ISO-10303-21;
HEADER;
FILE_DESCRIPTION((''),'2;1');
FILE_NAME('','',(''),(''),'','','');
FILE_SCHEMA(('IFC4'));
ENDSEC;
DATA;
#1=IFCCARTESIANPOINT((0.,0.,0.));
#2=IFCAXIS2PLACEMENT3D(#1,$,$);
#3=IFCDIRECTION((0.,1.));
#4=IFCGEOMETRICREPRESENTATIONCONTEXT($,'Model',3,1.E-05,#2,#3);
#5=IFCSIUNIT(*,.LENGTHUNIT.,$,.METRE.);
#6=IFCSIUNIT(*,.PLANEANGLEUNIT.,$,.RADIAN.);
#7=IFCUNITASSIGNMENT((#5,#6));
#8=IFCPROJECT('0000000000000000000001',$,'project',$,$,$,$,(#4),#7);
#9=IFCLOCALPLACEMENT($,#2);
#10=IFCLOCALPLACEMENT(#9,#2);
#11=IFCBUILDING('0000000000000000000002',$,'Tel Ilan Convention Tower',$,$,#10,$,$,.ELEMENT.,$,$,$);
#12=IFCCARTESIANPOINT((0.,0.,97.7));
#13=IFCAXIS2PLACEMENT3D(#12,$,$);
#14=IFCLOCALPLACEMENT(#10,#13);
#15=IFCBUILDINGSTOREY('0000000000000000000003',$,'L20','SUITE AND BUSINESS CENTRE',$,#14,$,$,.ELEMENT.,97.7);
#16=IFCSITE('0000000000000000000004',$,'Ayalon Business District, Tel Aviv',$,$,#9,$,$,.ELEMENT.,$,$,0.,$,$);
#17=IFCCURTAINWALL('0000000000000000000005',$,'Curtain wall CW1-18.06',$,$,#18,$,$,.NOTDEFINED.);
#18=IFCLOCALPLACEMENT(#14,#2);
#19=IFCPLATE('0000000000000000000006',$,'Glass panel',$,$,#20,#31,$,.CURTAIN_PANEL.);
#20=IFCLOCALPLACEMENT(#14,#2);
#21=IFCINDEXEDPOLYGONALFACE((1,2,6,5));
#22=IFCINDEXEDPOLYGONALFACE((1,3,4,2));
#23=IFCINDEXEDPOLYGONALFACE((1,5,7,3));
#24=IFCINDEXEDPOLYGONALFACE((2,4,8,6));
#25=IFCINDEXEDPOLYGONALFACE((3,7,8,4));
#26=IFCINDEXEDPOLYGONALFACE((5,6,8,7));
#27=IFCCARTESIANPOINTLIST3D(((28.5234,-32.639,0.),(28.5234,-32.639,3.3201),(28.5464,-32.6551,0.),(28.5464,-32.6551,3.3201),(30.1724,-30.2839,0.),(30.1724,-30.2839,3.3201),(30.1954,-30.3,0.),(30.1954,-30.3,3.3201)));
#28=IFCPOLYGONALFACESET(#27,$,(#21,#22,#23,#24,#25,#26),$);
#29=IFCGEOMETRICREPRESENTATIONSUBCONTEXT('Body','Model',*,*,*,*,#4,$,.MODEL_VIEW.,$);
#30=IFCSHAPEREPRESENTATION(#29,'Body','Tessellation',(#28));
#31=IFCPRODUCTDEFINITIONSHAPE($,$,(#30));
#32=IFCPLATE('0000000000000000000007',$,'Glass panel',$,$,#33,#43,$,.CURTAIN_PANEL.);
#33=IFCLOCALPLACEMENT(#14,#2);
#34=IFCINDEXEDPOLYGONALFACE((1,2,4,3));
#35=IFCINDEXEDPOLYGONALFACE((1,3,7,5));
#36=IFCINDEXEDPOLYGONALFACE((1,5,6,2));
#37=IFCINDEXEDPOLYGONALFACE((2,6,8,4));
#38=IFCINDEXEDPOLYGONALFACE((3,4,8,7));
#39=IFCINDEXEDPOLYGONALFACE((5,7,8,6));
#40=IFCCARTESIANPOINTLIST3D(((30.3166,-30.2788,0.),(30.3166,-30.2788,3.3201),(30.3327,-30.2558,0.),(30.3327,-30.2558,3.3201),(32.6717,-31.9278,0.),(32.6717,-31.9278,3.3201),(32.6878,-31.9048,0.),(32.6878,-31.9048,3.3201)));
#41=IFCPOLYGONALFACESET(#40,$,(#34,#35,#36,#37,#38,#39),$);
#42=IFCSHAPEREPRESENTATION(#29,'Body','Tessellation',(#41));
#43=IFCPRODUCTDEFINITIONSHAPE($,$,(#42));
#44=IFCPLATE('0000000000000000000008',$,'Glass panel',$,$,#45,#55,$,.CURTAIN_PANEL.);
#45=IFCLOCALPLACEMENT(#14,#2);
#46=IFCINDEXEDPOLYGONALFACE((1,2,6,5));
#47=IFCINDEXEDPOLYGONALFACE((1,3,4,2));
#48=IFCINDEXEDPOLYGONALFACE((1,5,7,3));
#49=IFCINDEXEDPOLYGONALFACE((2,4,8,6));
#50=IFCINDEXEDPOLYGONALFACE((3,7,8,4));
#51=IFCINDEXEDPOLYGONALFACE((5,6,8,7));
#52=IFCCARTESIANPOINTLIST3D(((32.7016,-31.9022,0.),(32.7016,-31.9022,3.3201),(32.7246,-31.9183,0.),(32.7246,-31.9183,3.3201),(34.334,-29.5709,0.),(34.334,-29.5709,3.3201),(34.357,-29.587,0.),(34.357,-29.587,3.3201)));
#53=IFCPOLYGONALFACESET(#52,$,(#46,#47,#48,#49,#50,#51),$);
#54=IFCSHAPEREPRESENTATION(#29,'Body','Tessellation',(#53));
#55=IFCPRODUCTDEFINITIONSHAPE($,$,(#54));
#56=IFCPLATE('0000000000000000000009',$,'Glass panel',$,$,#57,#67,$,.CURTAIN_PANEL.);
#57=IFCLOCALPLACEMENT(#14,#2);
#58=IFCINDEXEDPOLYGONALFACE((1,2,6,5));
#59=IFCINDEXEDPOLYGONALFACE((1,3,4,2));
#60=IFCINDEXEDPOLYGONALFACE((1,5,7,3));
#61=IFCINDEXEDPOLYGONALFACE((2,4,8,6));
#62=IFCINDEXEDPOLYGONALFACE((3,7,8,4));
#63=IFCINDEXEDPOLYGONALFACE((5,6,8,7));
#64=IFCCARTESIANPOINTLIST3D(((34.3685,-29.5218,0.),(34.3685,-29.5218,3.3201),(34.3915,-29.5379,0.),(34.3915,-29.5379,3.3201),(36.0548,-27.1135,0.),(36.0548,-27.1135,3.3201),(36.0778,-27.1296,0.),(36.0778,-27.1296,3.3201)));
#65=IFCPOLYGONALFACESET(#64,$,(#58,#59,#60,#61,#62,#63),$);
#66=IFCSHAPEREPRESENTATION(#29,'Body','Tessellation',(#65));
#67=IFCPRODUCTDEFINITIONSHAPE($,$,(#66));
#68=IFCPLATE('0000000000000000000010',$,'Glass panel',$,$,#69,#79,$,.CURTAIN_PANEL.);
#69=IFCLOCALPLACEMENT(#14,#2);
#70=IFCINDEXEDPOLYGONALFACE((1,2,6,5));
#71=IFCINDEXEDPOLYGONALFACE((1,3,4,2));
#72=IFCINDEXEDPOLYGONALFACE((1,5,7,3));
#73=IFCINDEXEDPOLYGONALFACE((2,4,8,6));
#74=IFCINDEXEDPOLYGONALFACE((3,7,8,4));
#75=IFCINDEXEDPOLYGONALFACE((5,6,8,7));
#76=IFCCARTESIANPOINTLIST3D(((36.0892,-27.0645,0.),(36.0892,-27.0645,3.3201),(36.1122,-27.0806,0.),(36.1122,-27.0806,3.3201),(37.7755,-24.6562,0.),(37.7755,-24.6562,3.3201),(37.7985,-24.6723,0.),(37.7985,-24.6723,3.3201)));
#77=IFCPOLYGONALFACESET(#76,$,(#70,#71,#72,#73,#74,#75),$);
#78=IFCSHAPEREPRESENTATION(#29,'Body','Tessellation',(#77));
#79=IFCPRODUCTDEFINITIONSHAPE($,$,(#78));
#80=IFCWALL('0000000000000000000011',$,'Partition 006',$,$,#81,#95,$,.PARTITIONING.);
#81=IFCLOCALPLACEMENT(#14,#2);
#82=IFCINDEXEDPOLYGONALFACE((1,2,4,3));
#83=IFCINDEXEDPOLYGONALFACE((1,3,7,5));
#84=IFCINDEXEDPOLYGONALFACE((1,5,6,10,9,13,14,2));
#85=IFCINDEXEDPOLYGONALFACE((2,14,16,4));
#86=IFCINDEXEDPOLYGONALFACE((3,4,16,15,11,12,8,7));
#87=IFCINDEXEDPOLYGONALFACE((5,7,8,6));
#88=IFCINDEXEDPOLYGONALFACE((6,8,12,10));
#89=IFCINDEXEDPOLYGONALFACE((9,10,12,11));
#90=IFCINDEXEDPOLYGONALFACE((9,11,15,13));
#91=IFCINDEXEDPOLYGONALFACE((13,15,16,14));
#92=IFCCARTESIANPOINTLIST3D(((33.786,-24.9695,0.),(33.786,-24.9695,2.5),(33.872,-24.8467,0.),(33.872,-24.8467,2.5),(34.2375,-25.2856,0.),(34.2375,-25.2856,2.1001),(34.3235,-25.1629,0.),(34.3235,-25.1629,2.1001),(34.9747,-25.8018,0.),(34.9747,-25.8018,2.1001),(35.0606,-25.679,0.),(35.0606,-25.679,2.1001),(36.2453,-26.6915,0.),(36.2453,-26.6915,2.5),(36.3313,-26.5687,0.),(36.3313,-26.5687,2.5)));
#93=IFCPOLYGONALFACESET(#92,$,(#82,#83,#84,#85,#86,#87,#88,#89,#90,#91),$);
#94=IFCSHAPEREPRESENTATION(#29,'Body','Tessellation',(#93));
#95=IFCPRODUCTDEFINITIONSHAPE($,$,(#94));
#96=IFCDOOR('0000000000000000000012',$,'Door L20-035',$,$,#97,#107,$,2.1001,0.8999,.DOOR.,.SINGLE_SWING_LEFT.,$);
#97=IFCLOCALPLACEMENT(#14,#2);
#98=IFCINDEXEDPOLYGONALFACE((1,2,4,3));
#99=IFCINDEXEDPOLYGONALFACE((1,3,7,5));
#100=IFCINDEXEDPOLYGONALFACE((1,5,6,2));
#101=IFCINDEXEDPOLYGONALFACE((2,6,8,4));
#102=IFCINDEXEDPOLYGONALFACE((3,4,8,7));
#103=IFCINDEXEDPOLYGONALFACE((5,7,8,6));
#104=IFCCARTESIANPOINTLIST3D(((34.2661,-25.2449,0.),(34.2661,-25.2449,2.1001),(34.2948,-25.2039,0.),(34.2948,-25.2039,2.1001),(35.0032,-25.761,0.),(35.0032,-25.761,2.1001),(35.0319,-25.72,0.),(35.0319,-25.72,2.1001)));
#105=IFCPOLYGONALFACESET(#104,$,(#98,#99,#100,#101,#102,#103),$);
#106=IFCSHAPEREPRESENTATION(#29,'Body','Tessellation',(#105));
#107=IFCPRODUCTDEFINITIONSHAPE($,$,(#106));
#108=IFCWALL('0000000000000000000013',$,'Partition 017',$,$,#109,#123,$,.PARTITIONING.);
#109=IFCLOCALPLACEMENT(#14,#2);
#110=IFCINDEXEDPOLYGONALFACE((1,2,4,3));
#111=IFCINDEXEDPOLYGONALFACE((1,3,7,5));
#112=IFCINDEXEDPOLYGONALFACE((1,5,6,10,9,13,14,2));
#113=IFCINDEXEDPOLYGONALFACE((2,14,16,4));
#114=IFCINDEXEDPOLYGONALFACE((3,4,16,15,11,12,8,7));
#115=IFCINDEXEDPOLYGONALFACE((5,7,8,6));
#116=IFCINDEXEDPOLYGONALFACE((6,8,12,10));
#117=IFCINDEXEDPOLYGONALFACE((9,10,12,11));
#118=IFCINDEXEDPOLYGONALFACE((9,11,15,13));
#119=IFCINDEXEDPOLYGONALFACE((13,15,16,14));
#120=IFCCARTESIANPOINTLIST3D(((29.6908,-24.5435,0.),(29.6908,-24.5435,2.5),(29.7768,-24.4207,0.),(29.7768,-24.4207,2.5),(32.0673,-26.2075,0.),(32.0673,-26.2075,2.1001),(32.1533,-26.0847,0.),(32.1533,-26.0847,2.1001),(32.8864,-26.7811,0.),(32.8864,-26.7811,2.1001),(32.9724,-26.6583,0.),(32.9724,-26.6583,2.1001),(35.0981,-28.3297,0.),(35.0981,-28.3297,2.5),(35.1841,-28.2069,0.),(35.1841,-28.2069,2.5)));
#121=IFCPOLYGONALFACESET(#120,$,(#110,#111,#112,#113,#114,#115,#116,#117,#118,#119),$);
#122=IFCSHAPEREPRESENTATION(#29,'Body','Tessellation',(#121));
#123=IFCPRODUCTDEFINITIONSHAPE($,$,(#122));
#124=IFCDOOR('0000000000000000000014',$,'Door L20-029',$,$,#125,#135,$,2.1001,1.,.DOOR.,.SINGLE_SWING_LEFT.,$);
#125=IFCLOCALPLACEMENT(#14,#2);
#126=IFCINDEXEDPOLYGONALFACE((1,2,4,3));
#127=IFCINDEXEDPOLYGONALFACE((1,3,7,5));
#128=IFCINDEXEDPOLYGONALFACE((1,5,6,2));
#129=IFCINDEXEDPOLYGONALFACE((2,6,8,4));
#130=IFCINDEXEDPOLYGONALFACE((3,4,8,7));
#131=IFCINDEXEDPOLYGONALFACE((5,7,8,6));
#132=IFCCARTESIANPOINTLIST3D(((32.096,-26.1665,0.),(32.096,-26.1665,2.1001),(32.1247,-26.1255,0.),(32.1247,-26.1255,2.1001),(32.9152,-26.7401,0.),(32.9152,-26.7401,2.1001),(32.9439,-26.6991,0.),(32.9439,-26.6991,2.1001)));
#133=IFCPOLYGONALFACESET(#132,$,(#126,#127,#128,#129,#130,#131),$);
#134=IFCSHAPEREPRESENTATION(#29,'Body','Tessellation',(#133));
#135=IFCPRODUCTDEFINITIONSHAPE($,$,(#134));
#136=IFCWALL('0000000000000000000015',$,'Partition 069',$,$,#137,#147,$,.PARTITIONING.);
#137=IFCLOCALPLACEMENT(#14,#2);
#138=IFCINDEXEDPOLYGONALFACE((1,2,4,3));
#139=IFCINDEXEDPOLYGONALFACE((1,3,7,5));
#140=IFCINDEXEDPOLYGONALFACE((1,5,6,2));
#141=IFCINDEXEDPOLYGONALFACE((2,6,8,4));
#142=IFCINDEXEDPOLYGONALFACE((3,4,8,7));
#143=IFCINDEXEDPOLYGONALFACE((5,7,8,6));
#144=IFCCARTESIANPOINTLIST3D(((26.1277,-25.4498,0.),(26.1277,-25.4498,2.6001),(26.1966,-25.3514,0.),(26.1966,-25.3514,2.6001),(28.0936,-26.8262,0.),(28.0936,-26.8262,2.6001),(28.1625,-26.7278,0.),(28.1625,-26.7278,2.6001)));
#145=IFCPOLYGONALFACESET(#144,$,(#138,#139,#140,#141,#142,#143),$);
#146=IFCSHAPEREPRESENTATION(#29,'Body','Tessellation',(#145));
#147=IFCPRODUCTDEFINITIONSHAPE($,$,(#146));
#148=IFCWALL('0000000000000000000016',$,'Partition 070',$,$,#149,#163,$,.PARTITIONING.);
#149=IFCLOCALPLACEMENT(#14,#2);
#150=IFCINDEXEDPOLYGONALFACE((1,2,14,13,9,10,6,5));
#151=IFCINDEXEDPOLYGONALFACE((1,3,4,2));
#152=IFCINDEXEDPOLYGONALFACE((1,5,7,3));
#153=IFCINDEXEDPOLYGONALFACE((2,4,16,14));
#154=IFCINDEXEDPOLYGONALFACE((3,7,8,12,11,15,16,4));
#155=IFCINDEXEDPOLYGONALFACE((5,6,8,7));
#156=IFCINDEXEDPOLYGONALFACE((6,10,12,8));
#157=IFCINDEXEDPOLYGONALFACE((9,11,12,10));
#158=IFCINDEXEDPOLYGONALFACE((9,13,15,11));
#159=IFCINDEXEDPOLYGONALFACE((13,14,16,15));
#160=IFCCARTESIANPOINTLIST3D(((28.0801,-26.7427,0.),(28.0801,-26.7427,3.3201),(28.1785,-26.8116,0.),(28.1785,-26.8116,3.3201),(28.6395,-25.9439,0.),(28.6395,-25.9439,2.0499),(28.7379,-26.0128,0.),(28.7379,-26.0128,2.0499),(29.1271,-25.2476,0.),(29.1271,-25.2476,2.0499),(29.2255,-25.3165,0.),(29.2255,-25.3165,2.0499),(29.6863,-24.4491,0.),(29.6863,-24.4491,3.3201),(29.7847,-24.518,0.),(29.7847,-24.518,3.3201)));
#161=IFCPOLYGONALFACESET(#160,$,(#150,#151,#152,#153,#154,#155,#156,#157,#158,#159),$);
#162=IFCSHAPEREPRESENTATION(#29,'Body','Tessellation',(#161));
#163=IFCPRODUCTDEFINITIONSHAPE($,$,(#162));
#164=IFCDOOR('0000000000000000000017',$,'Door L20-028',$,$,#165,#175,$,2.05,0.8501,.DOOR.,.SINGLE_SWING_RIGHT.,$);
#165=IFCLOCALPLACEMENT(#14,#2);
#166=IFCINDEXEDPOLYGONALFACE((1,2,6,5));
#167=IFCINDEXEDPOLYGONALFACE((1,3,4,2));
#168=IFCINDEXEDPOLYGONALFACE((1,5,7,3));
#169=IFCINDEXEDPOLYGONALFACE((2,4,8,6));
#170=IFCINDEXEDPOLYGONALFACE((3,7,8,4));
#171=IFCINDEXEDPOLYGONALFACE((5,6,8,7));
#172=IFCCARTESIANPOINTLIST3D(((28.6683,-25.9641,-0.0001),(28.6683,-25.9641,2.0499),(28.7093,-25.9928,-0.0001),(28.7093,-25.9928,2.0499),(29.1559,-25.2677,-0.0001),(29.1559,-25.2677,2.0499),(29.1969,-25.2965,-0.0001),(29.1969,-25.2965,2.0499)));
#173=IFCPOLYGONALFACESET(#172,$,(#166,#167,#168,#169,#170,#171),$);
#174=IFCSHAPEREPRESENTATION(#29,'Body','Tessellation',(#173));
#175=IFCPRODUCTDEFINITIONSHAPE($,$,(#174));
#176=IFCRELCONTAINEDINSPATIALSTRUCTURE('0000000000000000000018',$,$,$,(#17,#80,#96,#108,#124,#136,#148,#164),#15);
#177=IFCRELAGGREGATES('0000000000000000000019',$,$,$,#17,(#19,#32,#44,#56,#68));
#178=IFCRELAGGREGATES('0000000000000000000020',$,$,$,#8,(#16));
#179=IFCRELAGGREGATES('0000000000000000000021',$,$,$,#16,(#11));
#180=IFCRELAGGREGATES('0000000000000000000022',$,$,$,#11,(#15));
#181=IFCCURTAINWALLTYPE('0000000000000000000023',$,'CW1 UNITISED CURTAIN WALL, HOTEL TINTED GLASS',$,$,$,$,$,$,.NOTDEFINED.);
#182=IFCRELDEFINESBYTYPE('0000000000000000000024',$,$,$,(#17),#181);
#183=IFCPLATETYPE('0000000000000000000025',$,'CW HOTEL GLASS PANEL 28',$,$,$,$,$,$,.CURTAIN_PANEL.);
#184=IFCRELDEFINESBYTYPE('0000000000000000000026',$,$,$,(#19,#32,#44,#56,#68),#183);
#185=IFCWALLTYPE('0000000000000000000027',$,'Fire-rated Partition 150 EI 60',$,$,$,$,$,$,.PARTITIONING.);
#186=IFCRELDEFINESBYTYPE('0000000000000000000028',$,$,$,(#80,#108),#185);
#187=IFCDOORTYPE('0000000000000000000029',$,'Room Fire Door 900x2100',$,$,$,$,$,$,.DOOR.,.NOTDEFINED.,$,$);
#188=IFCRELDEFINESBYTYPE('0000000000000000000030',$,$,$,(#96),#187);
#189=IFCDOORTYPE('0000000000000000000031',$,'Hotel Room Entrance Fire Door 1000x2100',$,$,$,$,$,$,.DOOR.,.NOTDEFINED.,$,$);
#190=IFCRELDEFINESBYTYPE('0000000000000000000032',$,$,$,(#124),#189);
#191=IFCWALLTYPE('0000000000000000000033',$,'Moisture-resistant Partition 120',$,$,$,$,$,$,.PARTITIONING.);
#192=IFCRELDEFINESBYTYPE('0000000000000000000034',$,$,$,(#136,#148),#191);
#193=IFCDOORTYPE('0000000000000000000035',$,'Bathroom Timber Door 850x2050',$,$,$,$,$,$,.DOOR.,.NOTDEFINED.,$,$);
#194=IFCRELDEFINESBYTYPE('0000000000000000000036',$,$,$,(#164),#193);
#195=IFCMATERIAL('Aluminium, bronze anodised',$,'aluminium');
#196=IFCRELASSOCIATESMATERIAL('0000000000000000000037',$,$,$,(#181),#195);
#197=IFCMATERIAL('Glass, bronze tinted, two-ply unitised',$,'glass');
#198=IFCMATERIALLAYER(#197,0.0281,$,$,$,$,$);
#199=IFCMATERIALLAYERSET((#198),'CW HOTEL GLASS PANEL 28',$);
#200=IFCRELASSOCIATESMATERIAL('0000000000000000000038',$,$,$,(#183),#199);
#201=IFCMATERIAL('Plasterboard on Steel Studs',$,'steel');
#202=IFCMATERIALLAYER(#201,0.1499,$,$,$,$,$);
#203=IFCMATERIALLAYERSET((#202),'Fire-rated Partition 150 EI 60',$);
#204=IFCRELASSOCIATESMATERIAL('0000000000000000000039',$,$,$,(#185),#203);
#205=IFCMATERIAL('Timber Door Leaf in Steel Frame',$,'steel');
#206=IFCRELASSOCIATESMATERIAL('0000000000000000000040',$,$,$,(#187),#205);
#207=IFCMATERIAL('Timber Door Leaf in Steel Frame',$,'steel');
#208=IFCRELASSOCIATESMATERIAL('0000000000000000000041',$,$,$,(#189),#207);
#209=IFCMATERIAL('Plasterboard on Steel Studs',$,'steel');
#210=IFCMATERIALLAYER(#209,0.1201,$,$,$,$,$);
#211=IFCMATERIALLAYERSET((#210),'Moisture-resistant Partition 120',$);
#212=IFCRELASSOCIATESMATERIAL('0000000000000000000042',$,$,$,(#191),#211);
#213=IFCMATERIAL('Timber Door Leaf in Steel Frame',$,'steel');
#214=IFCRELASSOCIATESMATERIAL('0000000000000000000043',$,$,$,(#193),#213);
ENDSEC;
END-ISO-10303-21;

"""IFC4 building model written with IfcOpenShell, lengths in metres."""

from ifc_helpers import new_model, si_unit, direction, frame, frame_2d, origin, origin_2d, place, context, subcontext, project, spatial, rectangle, extrude, material, layer, layer_set, type_object, element, fill, aggregate, save


model = new_model("IFC4")

# Units and contexts
model_context = context("Model", 3, precision=1e-05, world=origin(), true_north=direction((0.0, 1.0)))
body_context = subcontext(model_context, "Body", "Model", "MODEL_VIEW")
ifc_project = project(units=[si_unit("LENGTHUNIT", "METRE"), si_unit("PLANEANGLEUNIT", "RADIAN")], contexts=[model_context])

# Site, building, storey
site_placement = place(None, origin())
site = spatial("IfcSite", under=ifc_project, at=site_placement, Name="Ayalon Business District, Tel Aviv", CompositionType="ELEMENT", RefElevation=0.0)
building_placement = place(site_placement, origin())
building = spatial("IfcBuilding", under=site, at=building_placement, Name="Tel Ilan Convention Tower", CompositionType="ELEMENT")
storey_placement = place(building_placement, frame((0.0, 0.0, 97.7)))
storey = spatial("IfcBuildingStorey", under=building, at=storey_placement, Name="L20", Description="SUITE AND BUSINESS CENTRE", CompositionType="ELEMENT", Elevation=97.7)

# Curtain wall, plates
ifc_material_1 = material(Name="Aluminium, bronze anodised", Category="aluminium")
curtain_wall_type = type_object("IfcCurtainWallType", Name="CW1 UNITISED CURTAIN WALL, HOTEL TINTED GLASS", PredefinedType="NOTDEFINED", material=ifc_material_1)
curtain_wall_placement = place(storey_placement, origin())
curtain_wall = element("IfcCurtainWall", 1, at=curtain_wall_placement, inside=storey, type_object=curtain_wall_type, Name="Curtain wall CW1-18.06", PredefinedType="NOTDEFINED")
ifc_material_2 = material(Name="Glass, bronze tinted, two-ply unitised", Category="glass")
ifc_layer_1 = layer(ifc_material_2, 0.0281)
ifc_layer_set_1 = layer_set([ifc_layer_1], Name="CW HOTEL GLASS PANEL 28")
plate_type = type_object("IfcPlateType", Name="CW HOTEL GLASS PANEL 28", PredefinedType="CURTAIN_PANEL", material=ifc_layer_set_1)
plate_1_placement = place(storey_placement, frame((29.3594, -31.4695, 0.0), z_axis=(0.0, 0.0, 1.0), x_axis=(0.573576, 0.819152, 0.0)))
plate_1 = element("IfcPlate", 2, at=plate_1_placement, type_object=plate_type, Name="Glass panel", PredefinedType="CURTAIN_PANEL", context=body_context, shape_type="SweptSolid", body=[
    extrude(rectangle(XDim=2.875, YDim=0.0281, at=origin_2d()), origin(), (0.0, 0.0, 1.0), 3.3201),
])
plate_2_placement = place(storey_placement, frame((31.5022, -31.0918, 0.0), z_axis=(0.0, 0.0, 1.0), x_axis=(0.819152, -0.573576, 0.0)))
plate_2 = element("IfcPlate", 3, at=plate_2_placement, type_object=plate_type, Name="Glass panel", PredefinedType="CURTAIN_PANEL", context=body_context, shape_type="SweptSolid", body=[
    extrude(rectangle(XDim=2.875, YDim=0.0281, at=origin_2d()), origin(), (0.0, 0.0, 1.0), 3.3201),
])
plate_3_placement = place(storey_placement, frame((33.5293, -30.7446, 0.0), z_axis=(0.0, 0.0, 1.0), x_axis=(0.573576, 0.819152, 0.0)))
plate_3 = element("IfcPlate", 4, at=plate_3_placement, type_object=plate_type, Name="Glass panel", PredefinedType="CURTAIN_PANEL", context=body_context, shape_type="SweptSolid", body=[
    extrude(rectangle(XDim=2.8459, YDim=0.0281, at=origin_2d()), origin(), (0.0, 0.0, 1.0), 3.3201),
])
plate_4_placement = place(storey_placement, frame((35.2231, -28.3257, 0.0), z_axis=(0.0, 0.0, 1.0), x_axis=(0.573576, 0.819152, 0.0)))
plate_4 = element("IfcPlate", 5, at=plate_4_placement, type_object=plate_type, Name="Glass panel", PredefinedType="CURTAIN_PANEL", context=body_context, shape_type="SweptSolid", body=[
    extrude(rectangle(XDim=2.9399, YDim=0.0281, at=origin_2d()), origin(), (0.0, 0.0, 1.0), 3.3201),
])
plate_5_placement = place(storey_placement, frame((36.9438, -25.8684, 0.0), z_axis=(0.0, 0.0, 1.0), x_axis=(0.573576, 0.819152, 0.0)))
plate_5 = element("IfcPlate", 6, at=plate_5_placement, type_object=plate_type, Name="Glass panel", PredefinedType="CURTAIN_PANEL", context=body_context, shape_type="SweptSolid", body=[
    extrude(rectangle(XDim=2.9399, YDim=0.0281, at=origin_2d()), origin(), (0.0, 0.0, 1.0), 3.3201),
])
aggregate(curtain_wall, [plate_1, plate_2, plate_3, plate_4, plate_5])

# Walls, openings, doors
ifc_material_3 = material(Name="Plasterboard on Steel Studs", Category="steel")
ifc_layer_2 = layer(ifc_material_3, 0.1499)
ifc_layer_set_2 = layer_set([ifc_layer_2], Name="Fire-rated Partition 150 EI 60")
wall_type_1 = type_object("IfcWallType", Name="Fire-rated Partition 150 EI 60", PredefinedType="PARTITIONING", material=ifc_layer_set_2)
wall_1_placement = place(storey_placement, frame((33.8291, -24.9082, 0.0), z_axis=(0.0, 0.0, 1.0), x_axis=(0.819159, -0.573566, 0.0)))
wall_1 = element("IfcWall", 7, at=wall_1_placement, inside=storey, type_object=wall_type_1, Name="Partition 006", PredefinedType="PARTITIONING", context=body_context, shape_type="SweptSolid", body=[
    extrude(rectangle(XDim=3.0022, YDim=0.1499, at=frame_2d((1.501, 0.0))), origin(), (0.0, 0.0, 1.0), 2.5),
])
opening_1_placement = place(wall_1_placement, frame((0.551, 0.0, 0.0)))
opening_1 = element("IfcOpeningElement", 8, at=opening_1_placement, cuts=wall_1, PredefinedType="OPENING", context=body_context, shape_type="SweptSolid", body=[
    extrude(rectangle(XDim=0.8999, YDim=2.1001, at=frame_2d((0.45, 1.05))), frame((0.0, 0.085, 0.0), z_axis=(0.0, -1.0, 0.0), x_axis=(1.0, 0.0, 0.0)), (0.0, 0.0, 1.0), 0.1699),
])
ifc_material_4 = material(Name="Timber Door Leaf in Steel Frame", Category="steel")
door_type_1 = type_object("IfcDoorType", Name="Room Fire Door 900x2100", OperationType="NOTDEFINED", PredefinedType="DOOR", material=ifc_material_4)
door_1_placement = place(opening_1_placement, origin())
door_1 = element("IfcDoor", 9, at=door_1_placement, inside=storey, type_object=door_type_1, Name="Door L20-035", OperationType="SINGLE_SWING_LEFT", OverallHeight=2.1001, OverallWidth=0.8999, PredefinedType="DOOR", context=body_context, shape_type="SweptSolid", body=[
    extrude(rectangle(XDim=0.8999, YDim=2.1001, at=frame_2d((0.45, 1.05))), frame((0.0, 0.0249, 0.0), z_axis=(0.0, -1.0, 0.0), x_axis=(1.0, 0.0, 0.0)), (0.0, 0.0, 1.0), 0.05),
])
fill(opening_1, door_1)
wall_2_placement = place(storey_placement, frame((35.1411, -28.2683, 0.0), z_axis=(0.0, 0.0, 1.0), x_axis=(-0.819155, 0.573572, 0.0)))
wall_2 = element("IfcWall", 10, at=wall_2_placement, inside=storey, type_object=wall_type_1, Name="Partition 017", PredefinedType="PARTITIONING", context=body_context, shape_type="SweptSolid", body=[
    extrude(rectangle(XDim=6.6011, YDim=0.1499, at=frame_2d((3.3005, 0.0))), origin(), (0.0, 0.0, 1.0), 2.5),
])
opening_2_placement = place(wall_2_placement, frame((2.7, 0.0, 0.0)))
opening_2 = element("IfcOpeningElement", 11, at=opening_2_placement, cuts=wall_2, PredefinedType="OPENING", context=body_context, shape_type="SweptSolid", body=[
    extrude(rectangle(XDim=1.0, YDim=2.1001, at=frame_2d((0.5, 1.05))), frame((0.0, 0.085, 0.0), z_axis=(0.0, -1.0, 0.0), x_axis=(1.0, 0.0, 0.0)), (0.0, 0.0, 1.0), 0.1699),
])
ifc_material_5 = material(Name="Timber Door Leaf in Steel Frame", Category="steel")
door_type_2 = type_object("IfcDoorType", Name="Hotel Room Entrance Fire Door 1000x2100", OperationType="NOTDEFINED", PredefinedType="DOOR", material=ifc_material_5)
door_2_placement = place(opening_2_placement, origin())
door_2 = element("IfcDoor", 12, at=door_2_placement, inside=storey, type_object=door_type_2, Name="Door L20-029", OperationType="SINGLE_SWING_LEFT", OverallHeight=2.1001, OverallWidth=1.0, PredefinedType="DOOR", context=body_context, shape_type="SweptSolid", body=[
    extrude(rectangle(XDim=1.0, YDim=2.1001, at=frame_2d((0.5, 1.05))), frame((0.0, 0.0249, 0.0), z_axis=(0.0, -1.0, 0.0), x_axis=(1.0, 0.0, 0.0)), (0.0, 0.0, 1.0), 0.05),
])
fill(opening_2, door_2)

# Wall
ifc_material_6 = material(Name="Plasterboard on Steel Studs", Category="steel")
ifc_layer_3 = layer(ifc_material_6, 0.1201)
ifc_layer_set_3 = layer_set([ifc_layer_3], Name="Moisture-resistant Partition 120")
wall_type_2 = type_object("IfcWallType", Name="Moisture-resistant Partition 120", PredefinedType="PARTITIONING", material=ifc_layer_set_3)
wall_3_placement = place(storey_placement, frame((26.1621, -25.4006, 0.0), z_axis=(0.0, 0.0, 1.0), x_axis=(0.819189, -0.573524, 0.0)))
element("IfcWall", 13, at=wall_3_placement, inside=storey, type_object=wall_type_2, Name="Partition 069", PredefinedType="PARTITIONING", context=body_context, shape_type="SweptSolid", body=[
    extrude(rectangle(XDim=2.3999, YDim=0.1201, at=frame_2d((1.2, 0.0))), origin(), (0.0, 0.0, 1.0), 2.6001),
])

# Wall, opening, door
wall_4_placement = place(storey_placement, frame((28.1294, -26.7771, 0.0), z_axis=(0.0, 0.0, 1.0), x_axis=(0.573609, 0.81913, 0.0)))
wall_4 = element("IfcWall", 14, at=wall_4_placement, inside=storey, type_object=wall_type_2, Name="Partition 070", PredefinedType="PARTITIONING", context=body_context, shape_type="SweptSolid", body=[
    extrude(rectangle(XDim=2.8, YDim=0.1201, at=frame_2d((1.3999, 0.0))), origin(), (0.0, 0.0, 1.0), 3.3201),
])
opening_3_placement = place(wall_4_placement, frame((0.9751, 0.0, 0.0)))
opening_3 = element("IfcOpeningElement", 15, at=opening_3_placement, cuts=wall_4, PredefinedType="OPENING", context=body_context, shape_type="SweptSolid", body=[
    extrude(rectangle(XDim=0.8501, YDim=2.05, at=frame_2d((0.425, 1.0249))), frame((0.0, 0.0701, 0.0), z_axis=(0.0, -1.0, 0.0), x_axis=(1.0, 0.0, 0.0)), (0.0, 0.0, 1.0), 0.1401),
])
ifc_material_7 = material(Name="Timber Door Leaf in Steel Frame", Category="steel")
door_type_3 = type_object("IfcDoorType", Name="Bathroom Timber Door 850x2050", OperationType="NOTDEFINED", PredefinedType="DOOR", material=ifc_material_7)
door_3_placement = place(opening_3_placement, origin())
door_3 = element("IfcDoor", 16, at=door_3_placement, inside=storey, type_object=door_type_3, Name="Door L20-028", OperationType="SINGLE_SWING_RIGHT", OverallHeight=2.05, OverallWidth=0.8501, PredefinedType="DOOR", context=body_context, shape_type="SweptSolid", body=[
    extrude(rectangle(XDim=0.8501, YDim=2.05, at=frame_2d((0.425, 1.0249))), frame((0.0, 0.0249, 0.0), z_axis=(0.0, -1.0, 0.0), x_axis=(1.0, 0.0, 0.0)), (0.0, 0.0, 1.0), 0.05),
])
fill(opening_3, door_3)

save(model, "model.ifc")
